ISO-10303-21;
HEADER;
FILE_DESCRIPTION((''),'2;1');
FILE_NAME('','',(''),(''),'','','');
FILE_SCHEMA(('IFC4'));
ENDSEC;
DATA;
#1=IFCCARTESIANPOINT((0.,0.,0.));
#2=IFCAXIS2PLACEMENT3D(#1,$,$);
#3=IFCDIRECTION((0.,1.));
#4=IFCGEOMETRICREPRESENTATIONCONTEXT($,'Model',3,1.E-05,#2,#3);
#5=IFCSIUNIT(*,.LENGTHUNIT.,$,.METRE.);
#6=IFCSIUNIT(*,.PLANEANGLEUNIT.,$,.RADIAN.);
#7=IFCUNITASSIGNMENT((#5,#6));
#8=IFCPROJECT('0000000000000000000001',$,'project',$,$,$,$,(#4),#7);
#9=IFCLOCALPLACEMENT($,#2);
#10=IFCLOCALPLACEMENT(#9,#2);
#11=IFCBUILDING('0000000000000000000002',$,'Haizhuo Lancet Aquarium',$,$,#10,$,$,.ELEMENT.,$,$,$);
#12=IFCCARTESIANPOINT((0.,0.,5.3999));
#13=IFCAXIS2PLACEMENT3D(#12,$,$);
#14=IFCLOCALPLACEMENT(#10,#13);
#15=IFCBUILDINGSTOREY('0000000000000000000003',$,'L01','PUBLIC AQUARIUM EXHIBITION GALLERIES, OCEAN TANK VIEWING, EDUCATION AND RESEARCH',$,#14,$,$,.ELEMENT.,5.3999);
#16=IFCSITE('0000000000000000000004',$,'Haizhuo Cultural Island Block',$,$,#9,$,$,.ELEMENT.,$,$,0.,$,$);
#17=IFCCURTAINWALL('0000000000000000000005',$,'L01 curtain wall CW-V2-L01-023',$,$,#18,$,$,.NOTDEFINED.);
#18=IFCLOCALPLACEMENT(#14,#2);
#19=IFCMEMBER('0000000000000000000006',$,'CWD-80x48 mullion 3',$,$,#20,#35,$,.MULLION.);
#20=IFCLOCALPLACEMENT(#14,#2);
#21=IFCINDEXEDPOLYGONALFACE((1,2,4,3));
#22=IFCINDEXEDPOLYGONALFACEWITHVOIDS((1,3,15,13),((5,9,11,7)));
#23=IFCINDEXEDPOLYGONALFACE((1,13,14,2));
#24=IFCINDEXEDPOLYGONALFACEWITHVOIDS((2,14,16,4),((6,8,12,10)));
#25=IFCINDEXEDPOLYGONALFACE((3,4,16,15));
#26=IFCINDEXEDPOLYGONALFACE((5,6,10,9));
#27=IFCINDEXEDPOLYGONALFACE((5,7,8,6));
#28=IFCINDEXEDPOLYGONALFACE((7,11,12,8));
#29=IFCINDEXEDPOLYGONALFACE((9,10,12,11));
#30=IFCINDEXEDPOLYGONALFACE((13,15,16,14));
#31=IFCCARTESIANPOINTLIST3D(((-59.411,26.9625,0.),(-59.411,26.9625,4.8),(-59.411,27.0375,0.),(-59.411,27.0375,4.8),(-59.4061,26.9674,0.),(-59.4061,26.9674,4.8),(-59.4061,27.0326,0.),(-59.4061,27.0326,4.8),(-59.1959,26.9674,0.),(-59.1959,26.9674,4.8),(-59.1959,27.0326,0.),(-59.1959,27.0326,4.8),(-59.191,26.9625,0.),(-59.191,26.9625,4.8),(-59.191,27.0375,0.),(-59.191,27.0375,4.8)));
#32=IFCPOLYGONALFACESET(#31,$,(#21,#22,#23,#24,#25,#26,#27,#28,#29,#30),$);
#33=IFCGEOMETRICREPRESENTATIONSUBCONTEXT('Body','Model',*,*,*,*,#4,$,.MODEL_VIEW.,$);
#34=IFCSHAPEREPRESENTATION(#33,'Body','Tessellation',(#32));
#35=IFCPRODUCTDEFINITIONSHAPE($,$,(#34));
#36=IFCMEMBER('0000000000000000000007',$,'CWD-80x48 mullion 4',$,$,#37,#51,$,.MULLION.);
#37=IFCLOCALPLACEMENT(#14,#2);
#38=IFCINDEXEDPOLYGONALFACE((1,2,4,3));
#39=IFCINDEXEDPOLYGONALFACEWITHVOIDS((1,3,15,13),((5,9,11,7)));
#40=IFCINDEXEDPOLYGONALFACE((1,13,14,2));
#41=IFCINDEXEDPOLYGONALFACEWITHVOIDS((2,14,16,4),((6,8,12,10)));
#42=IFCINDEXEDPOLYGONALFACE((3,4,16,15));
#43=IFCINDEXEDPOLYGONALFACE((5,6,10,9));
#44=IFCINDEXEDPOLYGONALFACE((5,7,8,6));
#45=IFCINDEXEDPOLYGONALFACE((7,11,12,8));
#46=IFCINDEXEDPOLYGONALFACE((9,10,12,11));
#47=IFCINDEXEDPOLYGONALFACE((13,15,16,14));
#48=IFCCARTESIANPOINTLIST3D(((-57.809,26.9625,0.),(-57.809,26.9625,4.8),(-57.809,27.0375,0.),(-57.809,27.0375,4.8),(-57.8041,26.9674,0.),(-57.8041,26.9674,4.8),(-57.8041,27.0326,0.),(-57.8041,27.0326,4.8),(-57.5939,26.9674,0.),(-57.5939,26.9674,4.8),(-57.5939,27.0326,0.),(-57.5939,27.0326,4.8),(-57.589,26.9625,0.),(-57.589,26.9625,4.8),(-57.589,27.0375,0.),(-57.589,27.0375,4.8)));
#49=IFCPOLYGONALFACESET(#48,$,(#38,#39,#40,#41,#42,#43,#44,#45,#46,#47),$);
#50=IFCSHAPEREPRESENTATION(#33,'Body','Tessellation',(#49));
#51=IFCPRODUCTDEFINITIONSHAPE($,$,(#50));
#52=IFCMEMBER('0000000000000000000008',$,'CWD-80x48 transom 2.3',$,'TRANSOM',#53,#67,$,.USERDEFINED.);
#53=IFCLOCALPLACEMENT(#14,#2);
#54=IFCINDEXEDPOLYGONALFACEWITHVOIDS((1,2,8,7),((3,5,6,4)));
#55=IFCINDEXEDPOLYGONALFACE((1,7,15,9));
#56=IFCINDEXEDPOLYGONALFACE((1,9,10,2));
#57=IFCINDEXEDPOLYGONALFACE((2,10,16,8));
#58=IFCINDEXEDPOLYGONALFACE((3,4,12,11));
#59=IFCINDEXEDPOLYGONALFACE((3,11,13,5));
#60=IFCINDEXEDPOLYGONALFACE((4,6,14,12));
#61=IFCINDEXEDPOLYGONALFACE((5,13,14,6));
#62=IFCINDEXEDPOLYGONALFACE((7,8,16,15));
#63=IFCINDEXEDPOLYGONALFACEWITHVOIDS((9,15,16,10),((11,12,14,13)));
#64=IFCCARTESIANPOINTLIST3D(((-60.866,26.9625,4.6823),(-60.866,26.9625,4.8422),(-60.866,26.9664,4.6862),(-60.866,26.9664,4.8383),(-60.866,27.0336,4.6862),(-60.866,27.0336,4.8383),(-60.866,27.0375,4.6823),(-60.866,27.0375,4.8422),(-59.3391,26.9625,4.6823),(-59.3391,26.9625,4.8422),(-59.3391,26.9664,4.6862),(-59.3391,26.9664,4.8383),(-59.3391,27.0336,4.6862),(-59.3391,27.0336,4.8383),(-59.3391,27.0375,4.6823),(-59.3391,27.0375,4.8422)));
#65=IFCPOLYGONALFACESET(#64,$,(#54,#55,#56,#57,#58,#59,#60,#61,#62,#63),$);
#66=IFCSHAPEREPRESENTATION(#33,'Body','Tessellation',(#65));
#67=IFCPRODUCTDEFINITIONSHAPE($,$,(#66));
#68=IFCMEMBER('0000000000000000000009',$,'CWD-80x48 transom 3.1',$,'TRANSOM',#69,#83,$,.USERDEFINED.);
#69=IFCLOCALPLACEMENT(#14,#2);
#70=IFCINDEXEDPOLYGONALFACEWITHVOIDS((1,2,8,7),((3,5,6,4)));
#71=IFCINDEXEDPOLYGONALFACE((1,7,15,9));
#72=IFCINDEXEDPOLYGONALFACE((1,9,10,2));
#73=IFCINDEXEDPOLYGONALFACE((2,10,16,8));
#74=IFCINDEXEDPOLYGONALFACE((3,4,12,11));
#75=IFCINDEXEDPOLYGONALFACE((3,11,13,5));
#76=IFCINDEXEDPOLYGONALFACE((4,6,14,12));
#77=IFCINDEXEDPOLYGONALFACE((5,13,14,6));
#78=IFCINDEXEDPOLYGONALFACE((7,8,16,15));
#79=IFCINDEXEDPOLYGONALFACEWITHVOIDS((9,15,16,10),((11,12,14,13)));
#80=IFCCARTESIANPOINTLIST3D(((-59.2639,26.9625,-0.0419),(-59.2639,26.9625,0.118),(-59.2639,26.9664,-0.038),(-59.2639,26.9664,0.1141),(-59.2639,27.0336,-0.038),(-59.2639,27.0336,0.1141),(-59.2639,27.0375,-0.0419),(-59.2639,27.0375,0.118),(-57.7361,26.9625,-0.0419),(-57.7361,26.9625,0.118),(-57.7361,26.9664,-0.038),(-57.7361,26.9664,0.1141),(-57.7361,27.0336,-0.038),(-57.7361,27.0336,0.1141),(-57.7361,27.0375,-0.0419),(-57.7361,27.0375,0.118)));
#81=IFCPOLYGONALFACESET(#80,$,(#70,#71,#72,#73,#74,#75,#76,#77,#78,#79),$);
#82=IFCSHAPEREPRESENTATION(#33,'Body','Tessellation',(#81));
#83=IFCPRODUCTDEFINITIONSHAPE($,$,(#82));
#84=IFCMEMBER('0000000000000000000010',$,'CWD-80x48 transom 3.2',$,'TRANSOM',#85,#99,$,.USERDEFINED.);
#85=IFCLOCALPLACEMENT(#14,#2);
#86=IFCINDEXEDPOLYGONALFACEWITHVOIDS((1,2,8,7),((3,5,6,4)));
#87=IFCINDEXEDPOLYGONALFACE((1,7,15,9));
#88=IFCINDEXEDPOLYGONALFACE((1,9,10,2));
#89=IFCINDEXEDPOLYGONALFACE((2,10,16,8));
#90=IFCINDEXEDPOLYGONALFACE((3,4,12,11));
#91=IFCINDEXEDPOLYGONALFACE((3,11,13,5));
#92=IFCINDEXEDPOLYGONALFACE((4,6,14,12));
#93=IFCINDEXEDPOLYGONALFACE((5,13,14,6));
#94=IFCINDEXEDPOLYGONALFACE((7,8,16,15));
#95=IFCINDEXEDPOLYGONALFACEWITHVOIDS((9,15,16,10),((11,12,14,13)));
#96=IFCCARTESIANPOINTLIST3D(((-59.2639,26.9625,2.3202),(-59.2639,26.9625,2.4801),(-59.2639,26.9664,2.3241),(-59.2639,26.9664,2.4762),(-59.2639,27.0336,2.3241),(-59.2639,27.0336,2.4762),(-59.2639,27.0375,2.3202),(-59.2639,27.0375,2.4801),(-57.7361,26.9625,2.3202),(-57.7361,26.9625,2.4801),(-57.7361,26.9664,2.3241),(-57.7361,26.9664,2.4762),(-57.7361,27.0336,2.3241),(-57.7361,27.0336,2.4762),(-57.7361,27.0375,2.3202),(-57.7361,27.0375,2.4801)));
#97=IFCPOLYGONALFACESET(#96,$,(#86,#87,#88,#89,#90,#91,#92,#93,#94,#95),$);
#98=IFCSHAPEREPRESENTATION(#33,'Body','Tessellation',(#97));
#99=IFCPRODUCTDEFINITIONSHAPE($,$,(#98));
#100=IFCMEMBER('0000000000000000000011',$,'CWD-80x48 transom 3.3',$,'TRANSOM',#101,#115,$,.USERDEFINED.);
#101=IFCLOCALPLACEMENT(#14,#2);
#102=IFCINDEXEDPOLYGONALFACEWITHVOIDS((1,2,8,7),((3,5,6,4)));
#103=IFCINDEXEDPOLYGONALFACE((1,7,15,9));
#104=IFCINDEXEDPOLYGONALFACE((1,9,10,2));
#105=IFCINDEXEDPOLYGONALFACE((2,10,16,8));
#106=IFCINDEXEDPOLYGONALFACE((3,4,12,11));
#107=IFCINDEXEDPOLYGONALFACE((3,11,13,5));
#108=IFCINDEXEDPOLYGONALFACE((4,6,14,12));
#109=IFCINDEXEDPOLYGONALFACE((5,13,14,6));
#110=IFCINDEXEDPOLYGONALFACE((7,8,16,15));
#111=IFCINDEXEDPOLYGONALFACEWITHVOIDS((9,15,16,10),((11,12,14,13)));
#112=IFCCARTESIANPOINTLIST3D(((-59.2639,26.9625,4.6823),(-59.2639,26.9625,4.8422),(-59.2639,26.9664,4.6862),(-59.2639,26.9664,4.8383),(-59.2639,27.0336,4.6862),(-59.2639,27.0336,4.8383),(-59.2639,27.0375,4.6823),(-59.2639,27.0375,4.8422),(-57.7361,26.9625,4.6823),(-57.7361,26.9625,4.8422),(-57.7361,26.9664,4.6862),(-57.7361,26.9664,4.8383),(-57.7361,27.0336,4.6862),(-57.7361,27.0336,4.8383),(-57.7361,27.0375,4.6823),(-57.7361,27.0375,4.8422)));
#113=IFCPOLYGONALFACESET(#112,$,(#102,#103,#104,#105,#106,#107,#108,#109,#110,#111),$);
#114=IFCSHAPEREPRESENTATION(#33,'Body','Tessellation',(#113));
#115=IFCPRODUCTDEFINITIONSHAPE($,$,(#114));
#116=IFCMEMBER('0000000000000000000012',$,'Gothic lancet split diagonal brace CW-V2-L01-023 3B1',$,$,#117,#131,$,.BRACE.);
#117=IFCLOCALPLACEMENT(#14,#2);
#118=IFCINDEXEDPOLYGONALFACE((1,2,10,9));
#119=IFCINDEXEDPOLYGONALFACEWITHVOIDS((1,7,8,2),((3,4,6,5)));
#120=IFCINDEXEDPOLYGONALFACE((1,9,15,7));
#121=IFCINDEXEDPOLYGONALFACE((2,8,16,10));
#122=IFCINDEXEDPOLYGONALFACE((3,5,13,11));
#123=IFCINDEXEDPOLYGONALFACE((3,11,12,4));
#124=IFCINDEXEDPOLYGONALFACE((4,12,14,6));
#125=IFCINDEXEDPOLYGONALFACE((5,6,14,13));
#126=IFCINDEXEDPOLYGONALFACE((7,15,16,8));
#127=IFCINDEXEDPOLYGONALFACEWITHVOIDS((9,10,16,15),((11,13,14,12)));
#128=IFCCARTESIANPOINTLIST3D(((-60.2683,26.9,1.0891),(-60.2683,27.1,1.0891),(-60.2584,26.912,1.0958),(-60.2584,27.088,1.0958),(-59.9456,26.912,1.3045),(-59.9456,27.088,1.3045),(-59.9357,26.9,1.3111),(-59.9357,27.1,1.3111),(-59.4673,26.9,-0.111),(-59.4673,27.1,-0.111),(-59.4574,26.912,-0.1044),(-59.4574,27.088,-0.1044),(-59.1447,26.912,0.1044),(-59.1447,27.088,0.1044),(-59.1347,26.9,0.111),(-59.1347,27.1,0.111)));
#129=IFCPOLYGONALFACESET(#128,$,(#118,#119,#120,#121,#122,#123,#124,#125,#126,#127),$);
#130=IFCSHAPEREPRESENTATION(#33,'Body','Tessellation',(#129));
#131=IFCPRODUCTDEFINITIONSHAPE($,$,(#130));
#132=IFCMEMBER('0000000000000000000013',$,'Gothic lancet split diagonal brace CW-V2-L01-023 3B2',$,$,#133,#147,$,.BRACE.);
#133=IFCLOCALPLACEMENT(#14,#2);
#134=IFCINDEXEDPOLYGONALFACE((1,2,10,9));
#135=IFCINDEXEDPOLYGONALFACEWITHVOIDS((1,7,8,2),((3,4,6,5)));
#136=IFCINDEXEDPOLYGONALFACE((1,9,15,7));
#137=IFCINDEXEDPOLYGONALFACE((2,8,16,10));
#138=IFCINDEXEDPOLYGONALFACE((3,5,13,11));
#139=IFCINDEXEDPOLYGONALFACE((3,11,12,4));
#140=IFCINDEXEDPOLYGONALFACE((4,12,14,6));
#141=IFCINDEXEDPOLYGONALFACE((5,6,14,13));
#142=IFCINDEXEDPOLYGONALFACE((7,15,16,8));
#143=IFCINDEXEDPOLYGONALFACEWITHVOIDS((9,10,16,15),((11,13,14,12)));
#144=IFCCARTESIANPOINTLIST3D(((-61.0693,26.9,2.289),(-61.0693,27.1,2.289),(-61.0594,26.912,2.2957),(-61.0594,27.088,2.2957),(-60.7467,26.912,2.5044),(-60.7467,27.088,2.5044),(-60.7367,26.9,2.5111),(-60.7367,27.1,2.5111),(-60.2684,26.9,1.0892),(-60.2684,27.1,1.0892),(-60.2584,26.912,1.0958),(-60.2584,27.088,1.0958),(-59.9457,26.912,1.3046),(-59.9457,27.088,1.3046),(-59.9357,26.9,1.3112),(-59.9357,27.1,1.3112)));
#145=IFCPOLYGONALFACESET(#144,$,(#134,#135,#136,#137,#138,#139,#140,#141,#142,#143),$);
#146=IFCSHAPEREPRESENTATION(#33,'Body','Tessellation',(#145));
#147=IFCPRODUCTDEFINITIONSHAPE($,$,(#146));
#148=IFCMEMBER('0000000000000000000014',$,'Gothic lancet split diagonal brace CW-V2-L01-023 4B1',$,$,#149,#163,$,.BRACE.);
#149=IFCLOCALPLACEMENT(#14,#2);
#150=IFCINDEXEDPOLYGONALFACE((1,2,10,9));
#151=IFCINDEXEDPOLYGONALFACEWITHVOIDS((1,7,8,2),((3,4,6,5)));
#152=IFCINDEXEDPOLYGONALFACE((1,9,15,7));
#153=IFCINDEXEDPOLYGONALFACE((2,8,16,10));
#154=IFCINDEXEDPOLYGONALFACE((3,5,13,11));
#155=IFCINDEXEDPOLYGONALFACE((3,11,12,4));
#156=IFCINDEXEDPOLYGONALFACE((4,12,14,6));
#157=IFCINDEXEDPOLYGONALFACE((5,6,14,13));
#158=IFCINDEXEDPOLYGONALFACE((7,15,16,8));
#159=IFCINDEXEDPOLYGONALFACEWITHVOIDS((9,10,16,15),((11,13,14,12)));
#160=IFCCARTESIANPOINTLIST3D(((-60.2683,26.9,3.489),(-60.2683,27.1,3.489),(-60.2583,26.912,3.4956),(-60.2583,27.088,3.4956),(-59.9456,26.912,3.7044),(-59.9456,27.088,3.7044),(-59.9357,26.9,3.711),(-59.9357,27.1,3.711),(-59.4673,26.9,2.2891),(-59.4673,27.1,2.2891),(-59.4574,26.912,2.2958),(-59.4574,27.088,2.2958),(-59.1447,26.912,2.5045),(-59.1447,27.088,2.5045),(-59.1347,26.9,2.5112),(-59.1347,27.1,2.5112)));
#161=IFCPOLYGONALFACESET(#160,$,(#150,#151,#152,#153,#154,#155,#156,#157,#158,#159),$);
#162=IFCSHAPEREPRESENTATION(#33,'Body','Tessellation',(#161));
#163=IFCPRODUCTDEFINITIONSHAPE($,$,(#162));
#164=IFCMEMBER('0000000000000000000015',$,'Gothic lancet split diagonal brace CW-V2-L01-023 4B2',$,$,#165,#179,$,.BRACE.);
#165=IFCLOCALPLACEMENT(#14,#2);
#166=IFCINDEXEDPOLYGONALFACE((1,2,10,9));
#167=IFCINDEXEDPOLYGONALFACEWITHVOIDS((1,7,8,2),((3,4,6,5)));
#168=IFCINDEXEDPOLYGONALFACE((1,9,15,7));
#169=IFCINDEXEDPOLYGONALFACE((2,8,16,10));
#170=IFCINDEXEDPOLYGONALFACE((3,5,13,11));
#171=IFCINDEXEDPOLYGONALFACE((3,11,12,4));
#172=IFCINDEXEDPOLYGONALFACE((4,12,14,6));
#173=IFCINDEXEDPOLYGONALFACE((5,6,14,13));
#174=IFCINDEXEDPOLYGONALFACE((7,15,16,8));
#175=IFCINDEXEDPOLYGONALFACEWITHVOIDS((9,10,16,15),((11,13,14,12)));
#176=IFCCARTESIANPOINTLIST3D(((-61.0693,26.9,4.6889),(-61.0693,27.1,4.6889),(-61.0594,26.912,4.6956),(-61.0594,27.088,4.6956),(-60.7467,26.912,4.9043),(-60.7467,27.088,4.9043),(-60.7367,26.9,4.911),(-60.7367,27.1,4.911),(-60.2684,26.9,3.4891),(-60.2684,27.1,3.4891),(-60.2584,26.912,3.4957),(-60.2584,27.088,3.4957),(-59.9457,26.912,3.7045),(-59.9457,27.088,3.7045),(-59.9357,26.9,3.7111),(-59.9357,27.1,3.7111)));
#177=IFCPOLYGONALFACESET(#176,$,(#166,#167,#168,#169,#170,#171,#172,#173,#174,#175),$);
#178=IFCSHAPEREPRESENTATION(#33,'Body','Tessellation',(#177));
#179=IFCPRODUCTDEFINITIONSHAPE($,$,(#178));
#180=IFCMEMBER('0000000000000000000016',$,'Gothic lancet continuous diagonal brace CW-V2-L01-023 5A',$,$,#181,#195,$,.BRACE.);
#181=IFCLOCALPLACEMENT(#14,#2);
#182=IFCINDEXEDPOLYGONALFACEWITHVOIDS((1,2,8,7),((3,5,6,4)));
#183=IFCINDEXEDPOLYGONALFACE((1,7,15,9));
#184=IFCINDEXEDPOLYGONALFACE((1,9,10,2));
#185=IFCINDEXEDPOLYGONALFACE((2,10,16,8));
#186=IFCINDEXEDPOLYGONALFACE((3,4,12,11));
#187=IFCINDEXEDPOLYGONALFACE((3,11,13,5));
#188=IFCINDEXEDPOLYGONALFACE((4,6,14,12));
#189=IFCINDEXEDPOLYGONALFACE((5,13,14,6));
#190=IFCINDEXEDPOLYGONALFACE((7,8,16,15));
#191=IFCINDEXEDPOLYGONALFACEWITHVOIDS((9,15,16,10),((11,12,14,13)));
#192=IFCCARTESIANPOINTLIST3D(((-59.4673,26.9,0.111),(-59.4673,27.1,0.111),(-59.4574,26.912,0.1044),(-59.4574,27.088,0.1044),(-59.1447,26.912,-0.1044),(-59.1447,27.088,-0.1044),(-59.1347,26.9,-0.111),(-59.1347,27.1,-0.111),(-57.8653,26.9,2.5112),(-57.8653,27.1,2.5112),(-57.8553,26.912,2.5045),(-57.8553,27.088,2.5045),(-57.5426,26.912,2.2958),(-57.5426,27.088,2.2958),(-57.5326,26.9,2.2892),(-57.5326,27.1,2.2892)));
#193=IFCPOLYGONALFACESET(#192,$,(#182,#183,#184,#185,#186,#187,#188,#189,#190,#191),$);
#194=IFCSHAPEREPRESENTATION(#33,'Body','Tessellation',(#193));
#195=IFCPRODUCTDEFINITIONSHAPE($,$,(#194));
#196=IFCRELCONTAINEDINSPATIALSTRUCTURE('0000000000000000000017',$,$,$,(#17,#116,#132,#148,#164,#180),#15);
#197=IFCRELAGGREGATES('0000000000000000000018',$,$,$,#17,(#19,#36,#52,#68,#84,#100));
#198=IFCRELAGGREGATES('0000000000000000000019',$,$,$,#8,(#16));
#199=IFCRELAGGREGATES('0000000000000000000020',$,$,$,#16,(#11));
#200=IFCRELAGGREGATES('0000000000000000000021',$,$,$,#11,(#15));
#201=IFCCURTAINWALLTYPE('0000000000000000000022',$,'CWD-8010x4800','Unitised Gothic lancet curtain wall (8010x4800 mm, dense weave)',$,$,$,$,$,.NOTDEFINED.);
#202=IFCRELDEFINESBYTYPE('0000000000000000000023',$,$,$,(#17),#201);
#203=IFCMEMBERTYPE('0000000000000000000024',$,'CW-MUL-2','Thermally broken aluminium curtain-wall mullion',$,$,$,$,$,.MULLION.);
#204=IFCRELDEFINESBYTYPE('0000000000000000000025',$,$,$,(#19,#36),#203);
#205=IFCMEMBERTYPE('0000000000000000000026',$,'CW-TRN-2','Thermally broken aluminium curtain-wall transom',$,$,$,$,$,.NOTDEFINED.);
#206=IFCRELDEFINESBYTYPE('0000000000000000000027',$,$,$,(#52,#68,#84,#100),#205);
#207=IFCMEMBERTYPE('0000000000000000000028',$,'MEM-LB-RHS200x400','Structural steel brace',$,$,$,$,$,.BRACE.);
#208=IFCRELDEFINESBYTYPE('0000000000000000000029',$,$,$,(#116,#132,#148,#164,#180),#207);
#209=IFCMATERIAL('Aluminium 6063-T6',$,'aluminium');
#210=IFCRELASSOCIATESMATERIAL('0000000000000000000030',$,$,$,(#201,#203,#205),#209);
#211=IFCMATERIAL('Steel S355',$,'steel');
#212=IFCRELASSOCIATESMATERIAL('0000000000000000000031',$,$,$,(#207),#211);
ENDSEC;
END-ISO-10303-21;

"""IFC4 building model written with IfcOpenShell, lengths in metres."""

from ifc_helpers import new_model, si_unit, direction, frame, origin, origin_2d, place, context, subcontext, project, spatial, hollow_rectangle, extrude, material, material_profile, profile_set, type_object, element, aggregate, save


model = new_model("IFC4")

# Units and contexts
model_context = context("Model", 3, precision=1e-05, world=origin(), true_north=direction((0.0, 1.0)))
body_context = subcontext(model_context, "Body", "Model", "MODEL_VIEW")
ifc_project = project(units=[si_unit("LENGTHUNIT", "METRE"), si_unit("PLANEANGLEUNIT", "RADIAN")], contexts=[model_context])

# Site, building, storey
site_placement = place(None, origin())
site = spatial("IfcSite", under=ifc_project, at=site_placement, Name="Haizhuo Cultural Island Block", CompositionType="ELEMENT", RefElevation=0.0)
building_placement = place(site_placement, origin())
building = spatial("IfcBuilding", under=site, at=building_placement, Name="Haizhuo Lancet Aquarium", CompositionType="ELEMENT")
storey_placement = place(building_placement, frame((0.0, 0.0, 5.3999)))
storey = spatial("IfcBuildingStorey", under=building, at=storey_placement, Name="L01", Description="PUBLIC AQUARIUM EXHIBITION GALLERIES, OCEAN TANK VIEWING, EDUCATION AND RESEARCH", CompositionType="ELEMENT", Elevation=5.3999)

# Curtain wall, members
ifc_material_1 = material(Name="Aluminium 6063-T6", Category="aluminium")
curtain_wall_type = type_object("IfcCurtainWallType", Name="CWD-8010x4800", Description="Unitised Gothic lancet curtain wall (8010x4800 mm, dense weave)", PredefinedType="NOTDEFINED", material=ifc_material_1)
curtain_wall_placement = place(storey_placement, origin())
curtain_wall = element("IfcCurtainWall", 1, at=curtain_wall_placement, inside=storey, type_object=curtain_wall_type, Name="L01 curtain wall CW-V2-L01-023", PredefinedType="NOTDEFINED")
ifc_material_profile_1 = material_profile(ifc_material_1, hollow_rectangle(XDim=0.075, YDim=0.22, WallThickness=0.0049, at=origin_2d()), Name="ALU-M 75x220x5")
ifc_profile_set_1 = profile_set([ifc_material_profile_1], Name="Aluminium 6063-T6")
member_type_1 = type_object("IfcMemberType", Name="CW-MUL-2", Description="Thermally broken aluminium curtain-wall mullion", PredefinedType="MULLION", material=ifc_profile_set_1)
member_1_placement = place(storey_placement, frame((-59.301, 27.0, 0.0), z_axis=(0.0, 0.0, 1.0), x_axis=(0.0, 1.0, 0.0)))
member_1 = element("IfcMember", 2, at=member_1_placement, type_object=member_type_1, Name="CWD-80x48 mullion 3", PredefinedType="MULLION", context=body_context, shape_type="SweptSolid", body=[
    extrude(hollow_rectangle(XDim=0.075, YDim=0.22, WallThickness=0.0049, at=origin_2d()), origin(), (0.0, 0.0, 1.0), 4.8),
])
member_2_placement = place(storey_placement, frame((-57.699, 27.0, 0.0), z_axis=(0.0, 0.0, 1.0), x_axis=(0.0, 1.0, 0.0)))
member_2 = element("IfcMember", 3, at=member_2_placement, type_object=member_type_1, Name="CWD-80x48 mullion 4", PredefinedType="MULLION", context=body_context, shape_type="SweptSolid", body=[
    extrude(hollow_rectangle(XDim=0.075, YDim=0.22, WallThickness=0.0049, at=origin_2d()), origin(), (0.0, 0.0, 1.0), 4.8),
])
ifc_material_profile_2 = material_profile(ifc_material_1, hollow_rectangle(XDim=0.075, YDim=0.1599, WallThickness=0.0039, at=origin_2d()), Name="ALU-T 75x160x4")
ifc_profile_set_2 = profile_set([ifc_material_profile_2], Name="Aluminium 6063-T6")
member_type_2 = type_object("IfcMemberType", Name="CW-TRN-2", Description="Thermally broken aluminium curtain-wall transom", PredefinedType="NOTDEFINED", material=ifc_profile_set_2)
member_3_placement = place(storey_placement, frame((-60.866, 27.0, 4.7622), z_axis=(1.0, 0.0, 0.0), x_axis=(0.0, 1.0, 0.0)))
member_3 = element("IfcMember", 4, at=member_3_placement, type_object=member_type_2, Name="CWD-80x48 transom 2.3", ObjectType="TRANSOM", PredefinedType="USERDEFINED", context=body_context, shape_type="SweptSolid", body=[
    extrude(hollow_rectangle(XDim=0.075, YDim=0.1599, WallThickness=0.0039, at=origin_2d()), origin(), (0.0, 0.0, 1.0), 1.5269),
])
member_4_placement = place(storey_placement, frame((-59.2639, 27.0, 0.0381), z_axis=(1.0, 0.0, 0.0), x_axis=(0.0, 1.0, 0.0)))
member_4 = element("IfcMember", 5, at=member_4_placement, type_object=member_type_2, Name="CWD-80x48 transom 3.1", ObjectType="TRANSOM", PredefinedType="USERDEFINED", context=body_context, shape_type="SweptSolid", body=[
    extrude(hollow_rectangle(XDim=0.075, YDim=0.1599, WallThickness=0.0039, at=origin_2d()), origin(), (0.0, 0.0, 1.0), 1.5278),
])
member_5_placement = place(storey_placement, frame((-59.2639, 27.0, 2.4001), z_axis=(1.0, 0.0, 0.0), x_axis=(0.0, 1.0, 0.0)))
member_5 = element("IfcMember", 6, at=member_5_placement, type_object=member_type_2, Name="CWD-80x48 transom 3.2", ObjectType="TRANSOM", PredefinedType="USERDEFINED", context=body_context, shape_type="SweptSolid", body=[
    extrude(hollow_rectangle(XDim=0.075, YDim=0.1599, WallThickness=0.0039, at=origin_2d()), origin(), (0.0, 0.0, 1.0), 1.5278),
])
member_6_placement = place(storey_placement, frame((-59.2639, 27.0, 4.7622), z_axis=(1.0, 0.0, 0.0), x_axis=(0.0, 1.0, 0.0)))
member_6 = element("IfcMember", 7, at=member_6_placement, type_object=member_type_2, Name="CWD-80x48 transom 3.3", ObjectType="TRANSOM", PredefinedType="USERDEFINED", context=body_context, shape_type="SweptSolid", body=[
    extrude(hollow_rectangle(XDim=0.075, YDim=0.1599, WallThickness=0.0039, at=origin_2d()), origin(), (0.0, 0.0, 1.0), 1.5278),
])

# Members
ifc_material_2 = material(Name="Steel S355", Category="steel")
ifc_material_profile_3 = material_profile(ifc_material_2, hollow_rectangle(XDim=0.2, YDim=0.3999, WallThickness=0.012, at=origin_2d()), Name="RHS 200x400x12")
ifc_profile_set_3 = profile_set([ifc_material_profile_3], Name="Steel S355")
member_type_3 = type_object("IfcMemberType", Name="MEM-LB-RHS200x400", Description="Structural steel brace", PredefinedType="BRACE", material=ifc_profile_set_3)
member_7_placement = place(storey_placement, frame((-59.301, 27.0, 0.0), z_axis=(-0.55513, 0.0, 0.831764), x_axis=(0.0, -1.0, 0.0)))
element("IfcMember", 8, at=member_7_placement, inside=storey, type_object=member_type_3, Name="Gothic lancet split diagonal brace CW-V2-L01-023 3B1", PredefinedType="BRACE", context=body_context, shape_type="SweptSolid", body=[
    extrude(hollow_rectangle(XDim=0.2, YDim=0.3999, WallThickness=0.012, at=origin_2d()), origin(), (0.0, 0.0, 1.0), 1.4429),
])
for number, where, z_axis, x_axis, name in (
    (9, (-60.1021, 27.0, 1.2002), (-0.555208, 0.0, 0.831712), (0.0, -1.0, 0.0), "Gothic lancet split diagonal brace CW-V2-L01-023 3B2"),
    (10, (-59.301, 27.0, 2.4001), (-0.555208, 0.0, 0.831712), (0.0, -1.0, 0.0), "Gothic lancet split diagonal brace CW-V2-L01-023 4B1"),
    (11, (-60.1021, 27.0, 3.6001), (-0.555208, 0.0, 0.831712), (0.0, -1.0, 0.0), "Gothic lancet split diagonal brace CW-V2-L01-023 4B2"),
):
    element("IfcMember", number, at=place(storey_placement, frame(where, z_axis=z_axis, x_axis=x_axis)), inside=storey, type_object=member_type_3, Name=name, PredefinedType="BRACE", context=body_context, shape_type="SweptSolid", body=[
        extrude(hollow_rectangle(XDim=0.2, YDim=0.3999, WallThickness=0.012, at=origin_2d()), origin(), (0.0, 0.0, 1.0), 1.4426),
    ])
member_8_placement = place(storey_placement, frame((-59.301, 27.0, 0.0), z_axis=(0.555169, 0.0, 0.831738), x_axis=(0.0, 1.0, 0.0)))
element("IfcMember", 12, at=member_8_placement, inside=storey, type_object=member_type_3, Name="Gothic lancet continuous diagonal brace CW-V2-L01-023 5A", PredefinedType="BRACE", context=body_context, shape_type="SweptSolid", body=[
    extrude(hollow_rectangle(XDim=0.2, YDim=0.3999, WallThickness=0.012, at=origin_2d()), origin(), (0.0, 0.0, 1.0), 2.8857),
])

aggregate(curtain_wall, [member_1, member_2, member_3, member_4, member_5, member_6])

save(model, "model.ifc")
